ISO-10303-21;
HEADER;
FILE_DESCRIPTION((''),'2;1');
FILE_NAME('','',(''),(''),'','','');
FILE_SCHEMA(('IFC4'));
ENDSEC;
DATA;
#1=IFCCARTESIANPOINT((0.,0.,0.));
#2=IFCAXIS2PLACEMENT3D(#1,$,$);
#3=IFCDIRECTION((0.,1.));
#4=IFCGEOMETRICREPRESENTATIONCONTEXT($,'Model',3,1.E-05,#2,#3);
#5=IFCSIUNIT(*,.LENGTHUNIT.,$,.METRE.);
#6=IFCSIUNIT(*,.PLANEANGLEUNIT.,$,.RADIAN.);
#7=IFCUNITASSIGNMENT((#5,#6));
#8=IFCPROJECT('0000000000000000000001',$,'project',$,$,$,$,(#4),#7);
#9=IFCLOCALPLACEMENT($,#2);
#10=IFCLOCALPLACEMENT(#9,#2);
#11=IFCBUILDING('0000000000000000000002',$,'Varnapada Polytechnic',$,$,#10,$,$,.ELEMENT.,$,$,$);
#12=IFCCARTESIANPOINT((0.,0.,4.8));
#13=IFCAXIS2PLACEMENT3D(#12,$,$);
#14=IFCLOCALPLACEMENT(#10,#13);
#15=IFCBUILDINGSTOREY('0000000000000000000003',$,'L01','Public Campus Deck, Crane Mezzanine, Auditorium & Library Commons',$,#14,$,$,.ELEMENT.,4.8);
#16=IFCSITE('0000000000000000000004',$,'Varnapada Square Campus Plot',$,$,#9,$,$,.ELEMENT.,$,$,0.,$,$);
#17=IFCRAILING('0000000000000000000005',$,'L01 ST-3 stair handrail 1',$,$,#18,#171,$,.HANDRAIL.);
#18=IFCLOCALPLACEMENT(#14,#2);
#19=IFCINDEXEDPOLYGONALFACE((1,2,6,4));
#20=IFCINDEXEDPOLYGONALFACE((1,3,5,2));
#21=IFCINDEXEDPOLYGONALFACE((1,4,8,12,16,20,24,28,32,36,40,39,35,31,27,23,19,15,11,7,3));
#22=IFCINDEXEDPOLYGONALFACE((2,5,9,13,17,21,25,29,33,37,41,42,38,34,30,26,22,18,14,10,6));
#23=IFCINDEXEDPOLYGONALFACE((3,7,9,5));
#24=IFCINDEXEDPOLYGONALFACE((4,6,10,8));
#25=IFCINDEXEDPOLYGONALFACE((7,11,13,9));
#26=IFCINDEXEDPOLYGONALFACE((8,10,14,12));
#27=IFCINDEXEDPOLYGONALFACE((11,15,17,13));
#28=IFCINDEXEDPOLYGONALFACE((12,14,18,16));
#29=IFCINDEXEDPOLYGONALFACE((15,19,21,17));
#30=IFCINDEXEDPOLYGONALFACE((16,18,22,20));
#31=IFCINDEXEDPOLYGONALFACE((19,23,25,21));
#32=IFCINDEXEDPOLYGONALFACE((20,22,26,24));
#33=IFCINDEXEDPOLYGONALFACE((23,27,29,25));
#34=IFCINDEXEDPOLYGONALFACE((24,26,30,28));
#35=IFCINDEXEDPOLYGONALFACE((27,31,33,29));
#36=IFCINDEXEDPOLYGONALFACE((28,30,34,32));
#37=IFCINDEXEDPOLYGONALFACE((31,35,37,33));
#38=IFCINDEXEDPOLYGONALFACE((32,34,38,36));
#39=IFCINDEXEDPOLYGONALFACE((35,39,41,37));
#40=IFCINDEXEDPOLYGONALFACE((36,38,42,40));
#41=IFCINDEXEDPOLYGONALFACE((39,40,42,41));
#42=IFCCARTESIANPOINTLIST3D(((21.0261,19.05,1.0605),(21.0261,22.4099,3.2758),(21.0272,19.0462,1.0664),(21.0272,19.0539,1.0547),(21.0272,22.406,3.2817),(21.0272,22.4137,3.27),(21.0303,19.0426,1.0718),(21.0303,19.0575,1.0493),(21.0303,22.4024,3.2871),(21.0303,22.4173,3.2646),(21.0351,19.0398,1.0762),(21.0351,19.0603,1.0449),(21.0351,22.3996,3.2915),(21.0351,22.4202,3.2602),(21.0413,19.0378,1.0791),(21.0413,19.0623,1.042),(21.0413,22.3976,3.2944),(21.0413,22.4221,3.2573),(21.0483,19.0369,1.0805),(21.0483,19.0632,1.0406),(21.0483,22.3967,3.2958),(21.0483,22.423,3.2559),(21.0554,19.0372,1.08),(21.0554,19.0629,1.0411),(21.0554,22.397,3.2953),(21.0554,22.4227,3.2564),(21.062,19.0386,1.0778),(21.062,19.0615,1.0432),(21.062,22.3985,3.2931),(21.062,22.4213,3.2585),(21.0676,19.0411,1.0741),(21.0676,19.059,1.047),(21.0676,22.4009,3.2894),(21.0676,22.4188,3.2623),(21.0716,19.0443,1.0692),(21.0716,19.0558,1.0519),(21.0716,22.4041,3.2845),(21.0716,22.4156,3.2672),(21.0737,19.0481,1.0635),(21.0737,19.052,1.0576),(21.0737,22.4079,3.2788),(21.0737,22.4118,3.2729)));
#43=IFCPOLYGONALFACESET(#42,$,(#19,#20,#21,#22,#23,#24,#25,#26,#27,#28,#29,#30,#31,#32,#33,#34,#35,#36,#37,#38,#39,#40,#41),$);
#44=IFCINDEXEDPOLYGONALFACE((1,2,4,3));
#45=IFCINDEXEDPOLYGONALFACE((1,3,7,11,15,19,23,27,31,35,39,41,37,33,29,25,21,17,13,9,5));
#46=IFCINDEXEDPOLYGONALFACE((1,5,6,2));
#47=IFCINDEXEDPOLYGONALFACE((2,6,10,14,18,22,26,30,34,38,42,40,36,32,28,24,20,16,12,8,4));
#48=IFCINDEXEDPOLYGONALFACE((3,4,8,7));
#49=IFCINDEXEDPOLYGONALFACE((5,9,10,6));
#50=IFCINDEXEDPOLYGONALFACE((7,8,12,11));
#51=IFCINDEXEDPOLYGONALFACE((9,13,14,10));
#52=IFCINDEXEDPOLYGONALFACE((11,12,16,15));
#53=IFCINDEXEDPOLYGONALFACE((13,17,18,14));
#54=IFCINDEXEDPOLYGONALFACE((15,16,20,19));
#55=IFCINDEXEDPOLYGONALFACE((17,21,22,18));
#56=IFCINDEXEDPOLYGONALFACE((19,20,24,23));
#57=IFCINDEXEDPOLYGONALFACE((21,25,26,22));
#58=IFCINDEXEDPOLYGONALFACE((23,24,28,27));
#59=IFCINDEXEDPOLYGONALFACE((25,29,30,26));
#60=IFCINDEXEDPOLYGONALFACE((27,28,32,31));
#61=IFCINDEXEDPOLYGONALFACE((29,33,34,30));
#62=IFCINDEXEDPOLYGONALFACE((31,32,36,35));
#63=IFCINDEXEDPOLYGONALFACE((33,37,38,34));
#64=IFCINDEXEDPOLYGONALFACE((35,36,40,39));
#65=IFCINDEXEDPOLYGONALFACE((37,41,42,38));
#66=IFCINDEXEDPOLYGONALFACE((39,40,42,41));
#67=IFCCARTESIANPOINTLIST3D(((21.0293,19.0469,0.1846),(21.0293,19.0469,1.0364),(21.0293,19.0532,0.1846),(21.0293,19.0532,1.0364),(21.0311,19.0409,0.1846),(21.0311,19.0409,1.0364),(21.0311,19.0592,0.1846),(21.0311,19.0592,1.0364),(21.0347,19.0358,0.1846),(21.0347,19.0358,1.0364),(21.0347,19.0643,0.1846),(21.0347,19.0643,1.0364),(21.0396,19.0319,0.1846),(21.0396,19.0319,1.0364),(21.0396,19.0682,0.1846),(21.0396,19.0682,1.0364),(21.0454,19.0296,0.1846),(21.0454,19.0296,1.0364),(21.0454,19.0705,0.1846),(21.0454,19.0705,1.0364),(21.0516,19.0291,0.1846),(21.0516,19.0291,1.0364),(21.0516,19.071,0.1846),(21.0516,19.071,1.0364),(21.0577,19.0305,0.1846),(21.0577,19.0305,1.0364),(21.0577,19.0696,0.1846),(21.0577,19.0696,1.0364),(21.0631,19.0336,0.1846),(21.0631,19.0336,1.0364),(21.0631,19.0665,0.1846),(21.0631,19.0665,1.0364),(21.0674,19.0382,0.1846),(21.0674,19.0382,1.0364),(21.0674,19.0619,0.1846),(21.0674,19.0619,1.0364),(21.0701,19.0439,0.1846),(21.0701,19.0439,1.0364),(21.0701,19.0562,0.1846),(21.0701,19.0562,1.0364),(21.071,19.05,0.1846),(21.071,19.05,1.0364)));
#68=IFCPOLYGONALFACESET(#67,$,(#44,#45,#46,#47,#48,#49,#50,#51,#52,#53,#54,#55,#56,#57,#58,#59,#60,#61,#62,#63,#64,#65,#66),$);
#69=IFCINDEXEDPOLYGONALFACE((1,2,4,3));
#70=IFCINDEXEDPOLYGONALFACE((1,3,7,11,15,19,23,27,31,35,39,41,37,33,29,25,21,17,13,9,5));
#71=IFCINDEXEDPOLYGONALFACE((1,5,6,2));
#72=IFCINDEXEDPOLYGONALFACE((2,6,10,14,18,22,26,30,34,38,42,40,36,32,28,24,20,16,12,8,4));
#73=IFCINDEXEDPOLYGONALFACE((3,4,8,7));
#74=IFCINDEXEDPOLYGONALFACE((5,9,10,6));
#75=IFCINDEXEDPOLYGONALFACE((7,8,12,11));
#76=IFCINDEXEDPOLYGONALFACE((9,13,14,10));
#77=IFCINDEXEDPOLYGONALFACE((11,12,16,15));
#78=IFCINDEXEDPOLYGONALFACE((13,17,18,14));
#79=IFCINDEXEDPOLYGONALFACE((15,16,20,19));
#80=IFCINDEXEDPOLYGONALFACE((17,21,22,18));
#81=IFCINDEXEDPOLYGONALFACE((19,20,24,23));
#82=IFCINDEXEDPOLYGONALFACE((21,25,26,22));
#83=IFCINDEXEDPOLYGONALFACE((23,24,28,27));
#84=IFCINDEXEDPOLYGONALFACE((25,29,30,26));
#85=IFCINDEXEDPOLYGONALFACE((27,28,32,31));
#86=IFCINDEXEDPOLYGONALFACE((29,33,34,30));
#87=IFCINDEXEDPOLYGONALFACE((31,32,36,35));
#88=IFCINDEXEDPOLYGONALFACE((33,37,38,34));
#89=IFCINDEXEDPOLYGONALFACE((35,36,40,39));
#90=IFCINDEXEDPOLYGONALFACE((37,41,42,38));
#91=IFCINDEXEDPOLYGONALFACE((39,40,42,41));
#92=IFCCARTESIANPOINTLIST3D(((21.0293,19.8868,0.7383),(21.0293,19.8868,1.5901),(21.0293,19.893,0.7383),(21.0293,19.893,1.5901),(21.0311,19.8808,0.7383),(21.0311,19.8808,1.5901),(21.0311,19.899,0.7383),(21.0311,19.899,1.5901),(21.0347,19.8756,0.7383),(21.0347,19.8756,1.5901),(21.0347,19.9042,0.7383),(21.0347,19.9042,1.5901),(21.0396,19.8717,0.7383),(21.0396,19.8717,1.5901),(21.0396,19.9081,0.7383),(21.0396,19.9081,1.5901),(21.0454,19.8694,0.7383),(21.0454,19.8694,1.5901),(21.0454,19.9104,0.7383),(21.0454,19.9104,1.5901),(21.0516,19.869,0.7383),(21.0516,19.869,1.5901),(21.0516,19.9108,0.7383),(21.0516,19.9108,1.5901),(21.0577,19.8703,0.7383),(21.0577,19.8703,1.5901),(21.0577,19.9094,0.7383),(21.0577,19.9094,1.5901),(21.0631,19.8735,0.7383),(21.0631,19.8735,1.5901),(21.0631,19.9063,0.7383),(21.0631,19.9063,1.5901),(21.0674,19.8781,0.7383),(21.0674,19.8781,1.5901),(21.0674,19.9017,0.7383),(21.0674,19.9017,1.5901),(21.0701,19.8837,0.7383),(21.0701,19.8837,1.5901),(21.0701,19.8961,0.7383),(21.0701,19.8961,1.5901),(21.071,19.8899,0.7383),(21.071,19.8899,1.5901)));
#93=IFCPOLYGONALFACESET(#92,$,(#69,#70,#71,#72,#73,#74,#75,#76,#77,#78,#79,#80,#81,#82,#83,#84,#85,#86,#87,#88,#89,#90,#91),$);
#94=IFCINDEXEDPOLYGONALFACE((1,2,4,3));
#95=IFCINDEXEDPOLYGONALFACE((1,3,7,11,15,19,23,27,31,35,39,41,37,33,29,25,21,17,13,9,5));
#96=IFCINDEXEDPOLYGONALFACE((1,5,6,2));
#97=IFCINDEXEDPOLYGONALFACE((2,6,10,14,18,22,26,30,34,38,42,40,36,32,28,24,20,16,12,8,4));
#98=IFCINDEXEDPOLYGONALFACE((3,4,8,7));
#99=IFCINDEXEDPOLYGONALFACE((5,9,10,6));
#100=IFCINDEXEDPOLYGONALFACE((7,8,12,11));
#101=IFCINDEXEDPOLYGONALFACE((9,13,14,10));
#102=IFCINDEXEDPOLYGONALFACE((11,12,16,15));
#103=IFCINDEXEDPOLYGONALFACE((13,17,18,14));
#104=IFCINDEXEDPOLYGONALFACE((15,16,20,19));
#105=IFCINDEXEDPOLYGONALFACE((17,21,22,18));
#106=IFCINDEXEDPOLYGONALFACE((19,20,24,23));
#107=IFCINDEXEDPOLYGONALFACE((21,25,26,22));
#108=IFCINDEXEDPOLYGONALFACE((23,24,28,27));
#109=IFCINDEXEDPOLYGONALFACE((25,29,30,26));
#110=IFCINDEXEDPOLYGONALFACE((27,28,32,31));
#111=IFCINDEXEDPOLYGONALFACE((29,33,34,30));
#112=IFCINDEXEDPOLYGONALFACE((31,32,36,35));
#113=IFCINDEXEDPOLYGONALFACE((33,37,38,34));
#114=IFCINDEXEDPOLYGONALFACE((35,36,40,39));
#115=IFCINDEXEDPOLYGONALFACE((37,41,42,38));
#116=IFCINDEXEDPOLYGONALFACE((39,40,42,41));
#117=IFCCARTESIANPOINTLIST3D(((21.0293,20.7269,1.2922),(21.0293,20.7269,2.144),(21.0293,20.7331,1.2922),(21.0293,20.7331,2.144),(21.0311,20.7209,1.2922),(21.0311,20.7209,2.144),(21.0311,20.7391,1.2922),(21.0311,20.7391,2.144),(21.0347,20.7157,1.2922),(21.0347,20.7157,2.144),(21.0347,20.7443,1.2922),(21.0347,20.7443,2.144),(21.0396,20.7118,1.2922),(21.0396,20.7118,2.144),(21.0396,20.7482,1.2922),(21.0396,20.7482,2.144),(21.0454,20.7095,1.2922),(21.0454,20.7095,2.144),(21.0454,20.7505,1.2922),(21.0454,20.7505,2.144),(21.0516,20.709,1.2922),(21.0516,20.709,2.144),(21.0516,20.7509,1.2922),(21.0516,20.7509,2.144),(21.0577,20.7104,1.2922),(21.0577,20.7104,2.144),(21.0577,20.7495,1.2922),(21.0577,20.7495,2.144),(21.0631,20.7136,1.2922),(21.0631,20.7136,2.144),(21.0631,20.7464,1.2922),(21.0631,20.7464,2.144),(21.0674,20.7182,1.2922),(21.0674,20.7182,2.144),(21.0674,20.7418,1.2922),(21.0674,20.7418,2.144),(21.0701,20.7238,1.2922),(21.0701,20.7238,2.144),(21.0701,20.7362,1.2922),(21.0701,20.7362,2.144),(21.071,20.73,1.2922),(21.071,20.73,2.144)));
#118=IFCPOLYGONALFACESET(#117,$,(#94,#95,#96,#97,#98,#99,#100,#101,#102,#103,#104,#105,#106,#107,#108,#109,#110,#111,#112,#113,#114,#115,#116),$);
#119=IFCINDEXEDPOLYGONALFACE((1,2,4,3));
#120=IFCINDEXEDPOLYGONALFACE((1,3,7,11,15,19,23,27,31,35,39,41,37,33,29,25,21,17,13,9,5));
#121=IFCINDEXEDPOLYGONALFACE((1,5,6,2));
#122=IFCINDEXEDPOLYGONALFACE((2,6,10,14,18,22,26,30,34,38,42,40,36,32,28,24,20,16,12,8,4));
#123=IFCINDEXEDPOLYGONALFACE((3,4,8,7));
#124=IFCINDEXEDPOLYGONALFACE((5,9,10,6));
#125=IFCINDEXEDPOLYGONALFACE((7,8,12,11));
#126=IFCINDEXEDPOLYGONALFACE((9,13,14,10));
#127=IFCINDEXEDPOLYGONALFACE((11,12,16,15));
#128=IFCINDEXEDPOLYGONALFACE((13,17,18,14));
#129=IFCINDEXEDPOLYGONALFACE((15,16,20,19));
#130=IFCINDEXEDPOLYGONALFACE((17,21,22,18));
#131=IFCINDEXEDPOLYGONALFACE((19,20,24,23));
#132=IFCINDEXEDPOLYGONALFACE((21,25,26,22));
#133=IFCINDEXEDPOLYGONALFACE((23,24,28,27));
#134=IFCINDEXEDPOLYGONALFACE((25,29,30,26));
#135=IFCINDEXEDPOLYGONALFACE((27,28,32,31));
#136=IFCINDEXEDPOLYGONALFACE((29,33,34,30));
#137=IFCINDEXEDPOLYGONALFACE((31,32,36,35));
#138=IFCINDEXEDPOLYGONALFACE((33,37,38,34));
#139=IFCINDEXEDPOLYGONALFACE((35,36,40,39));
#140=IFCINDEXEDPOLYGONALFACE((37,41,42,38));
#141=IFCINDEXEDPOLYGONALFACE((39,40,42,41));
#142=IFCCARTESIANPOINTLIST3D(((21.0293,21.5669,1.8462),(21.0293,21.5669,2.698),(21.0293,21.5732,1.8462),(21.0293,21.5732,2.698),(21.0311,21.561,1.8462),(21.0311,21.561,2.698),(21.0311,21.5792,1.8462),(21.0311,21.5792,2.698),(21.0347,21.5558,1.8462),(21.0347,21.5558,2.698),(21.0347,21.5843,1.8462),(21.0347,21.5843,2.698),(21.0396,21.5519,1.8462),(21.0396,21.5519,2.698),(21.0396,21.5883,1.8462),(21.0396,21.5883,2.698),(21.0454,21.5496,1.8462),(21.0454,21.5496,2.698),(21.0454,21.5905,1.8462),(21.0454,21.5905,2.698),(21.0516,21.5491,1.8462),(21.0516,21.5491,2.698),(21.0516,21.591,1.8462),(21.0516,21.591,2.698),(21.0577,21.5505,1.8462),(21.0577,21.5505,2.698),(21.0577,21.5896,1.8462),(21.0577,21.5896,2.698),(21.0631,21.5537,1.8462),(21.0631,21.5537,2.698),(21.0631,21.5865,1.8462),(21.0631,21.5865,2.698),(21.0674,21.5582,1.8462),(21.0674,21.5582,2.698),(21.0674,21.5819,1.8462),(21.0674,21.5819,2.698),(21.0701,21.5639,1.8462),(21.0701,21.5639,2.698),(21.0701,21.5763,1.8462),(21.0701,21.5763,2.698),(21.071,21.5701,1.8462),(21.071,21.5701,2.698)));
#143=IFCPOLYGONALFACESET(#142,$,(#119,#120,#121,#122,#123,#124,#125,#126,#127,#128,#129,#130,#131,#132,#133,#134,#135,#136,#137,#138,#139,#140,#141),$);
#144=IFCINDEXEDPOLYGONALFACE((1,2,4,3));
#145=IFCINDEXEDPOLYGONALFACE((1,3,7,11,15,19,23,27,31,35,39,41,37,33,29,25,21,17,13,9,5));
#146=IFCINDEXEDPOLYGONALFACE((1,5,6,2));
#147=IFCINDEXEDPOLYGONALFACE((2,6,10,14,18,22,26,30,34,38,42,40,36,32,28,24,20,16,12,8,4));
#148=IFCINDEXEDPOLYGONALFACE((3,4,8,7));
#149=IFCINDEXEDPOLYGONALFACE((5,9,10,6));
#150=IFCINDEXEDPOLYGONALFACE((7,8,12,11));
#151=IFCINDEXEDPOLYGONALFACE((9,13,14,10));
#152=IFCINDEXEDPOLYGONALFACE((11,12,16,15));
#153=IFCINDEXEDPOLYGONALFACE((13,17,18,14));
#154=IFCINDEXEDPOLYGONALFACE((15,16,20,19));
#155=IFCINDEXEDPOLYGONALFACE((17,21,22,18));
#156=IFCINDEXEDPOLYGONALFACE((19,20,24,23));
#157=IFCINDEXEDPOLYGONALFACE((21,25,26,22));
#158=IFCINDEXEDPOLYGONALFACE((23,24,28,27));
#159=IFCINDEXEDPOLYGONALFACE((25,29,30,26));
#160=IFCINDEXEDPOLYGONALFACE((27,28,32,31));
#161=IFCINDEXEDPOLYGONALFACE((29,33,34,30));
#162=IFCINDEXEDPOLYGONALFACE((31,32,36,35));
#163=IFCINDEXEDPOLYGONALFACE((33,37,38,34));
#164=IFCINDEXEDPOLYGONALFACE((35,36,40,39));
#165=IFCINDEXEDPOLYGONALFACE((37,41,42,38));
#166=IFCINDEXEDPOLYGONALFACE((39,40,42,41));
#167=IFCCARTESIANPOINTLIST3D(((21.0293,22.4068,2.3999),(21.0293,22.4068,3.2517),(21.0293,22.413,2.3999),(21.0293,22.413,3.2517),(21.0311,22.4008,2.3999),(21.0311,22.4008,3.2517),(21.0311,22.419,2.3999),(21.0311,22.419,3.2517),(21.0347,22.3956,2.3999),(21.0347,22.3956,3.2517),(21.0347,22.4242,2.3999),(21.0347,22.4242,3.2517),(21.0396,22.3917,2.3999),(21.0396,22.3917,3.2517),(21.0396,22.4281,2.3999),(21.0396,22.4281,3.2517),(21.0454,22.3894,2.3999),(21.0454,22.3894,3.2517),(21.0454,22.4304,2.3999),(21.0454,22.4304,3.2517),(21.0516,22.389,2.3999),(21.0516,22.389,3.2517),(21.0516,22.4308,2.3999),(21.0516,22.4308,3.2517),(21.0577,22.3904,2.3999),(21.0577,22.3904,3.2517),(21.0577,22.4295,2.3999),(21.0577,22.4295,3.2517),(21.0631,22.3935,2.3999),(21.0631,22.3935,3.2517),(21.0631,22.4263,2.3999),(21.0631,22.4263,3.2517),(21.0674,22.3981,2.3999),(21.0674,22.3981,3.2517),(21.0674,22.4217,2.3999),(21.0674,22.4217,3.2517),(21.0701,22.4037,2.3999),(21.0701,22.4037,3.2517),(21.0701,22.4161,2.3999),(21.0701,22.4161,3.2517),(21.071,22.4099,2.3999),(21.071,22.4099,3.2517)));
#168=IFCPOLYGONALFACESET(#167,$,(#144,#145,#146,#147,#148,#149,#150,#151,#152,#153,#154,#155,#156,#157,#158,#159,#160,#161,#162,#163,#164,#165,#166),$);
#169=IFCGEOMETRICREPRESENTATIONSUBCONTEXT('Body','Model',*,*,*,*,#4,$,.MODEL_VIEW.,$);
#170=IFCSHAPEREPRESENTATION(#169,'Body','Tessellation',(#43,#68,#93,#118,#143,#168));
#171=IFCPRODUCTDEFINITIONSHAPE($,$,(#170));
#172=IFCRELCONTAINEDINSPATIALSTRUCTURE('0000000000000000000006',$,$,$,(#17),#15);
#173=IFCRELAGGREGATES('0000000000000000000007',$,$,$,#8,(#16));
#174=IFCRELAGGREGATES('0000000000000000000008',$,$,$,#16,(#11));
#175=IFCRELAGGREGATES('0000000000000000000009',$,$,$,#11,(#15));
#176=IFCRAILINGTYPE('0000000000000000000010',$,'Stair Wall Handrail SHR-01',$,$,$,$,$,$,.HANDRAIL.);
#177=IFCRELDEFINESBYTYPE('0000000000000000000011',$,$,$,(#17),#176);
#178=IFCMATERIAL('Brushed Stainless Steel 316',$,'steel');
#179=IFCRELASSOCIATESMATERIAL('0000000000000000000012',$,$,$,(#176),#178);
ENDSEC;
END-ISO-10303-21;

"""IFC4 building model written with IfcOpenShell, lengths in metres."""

from ifc_helpers import new_model, si_unit, direction, frame, origin, origin_2d, place, context, subcontext, project, spatial, circle, extrude, material, type_object, element, save


model = new_model("IFC4")

# Units and contexts
model_context = context("Model", 3, precision=1e-05, world=origin(), true_north=direction((0.0, 1.0)))
body_context = subcontext(model_context, "Body", "Model", "MODEL_VIEW")
ifc_project = project(units=[si_unit("LENGTHUNIT", "METRE"), si_unit("PLANEANGLEUNIT", "RADIAN")], contexts=[model_context])

# Site, building, storey
site_placement = place(None, origin())
site = spatial("IfcSite", under=ifc_project, at=site_placement, Name="Varnapada Square Campus Plot", CompositionType="ELEMENT", RefElevation=0.0)
building_placement = place(site_placement, origin())
building = spatial("IfcBuilding", under=site, at=building_placement, Name="Varnapada Polytechnic", CompositionType="ELEMENT")
storey_placement = place(building_placement, frame((0.0, 0.0, 4.8)))
storey = spatial("IfcBuildingStorey", under=building, at=storey_placement, Name="L01", Description="Public Campus Deck, Crane Mezzanine, Auditorium & Library Commons", CompositionType="ELEMENT", Elevation=4.8)

# Shared definitions
ifc_material_1 = material(Name="Brushed Stainless Steel 316", Category="steel")

# Railing
railing_type_1 = type_object("IfcRailingType", Name="Stair Wall Handrail SHR-01", PredefinedType="HANDRAIL", material=ifc_material_1)
railing_1_placement = place(storey_placement, frame((21.05, 19.05, 0.1846)))
element("IfcRailing", 1, at=railing_1_placement, inside=storey, type_object=railing_type_1, Name="L01 ST-3 stair handrail 1", PredefinedType="HANDRAIL", context=body_context, shape_type="SweptSolid", body=[
    extrude(circle(Radius=0.0239, at=origin_2d()), frame((0.0, 0.0, 0.876), z_axis=(0.0, 0.834858, 0.550465), x_axis=(-1.0, 0.0, 0.0)), (0.0, 0.0, 1.0), 4.0244),
    extrude(circle(Radius=0.021, at=origin_2d()), origin(), (0.0, 0.0, 1.0), 0.8518),
    extrude(circle(Radius=0.021, at=origin_2d()), frame((0.0, 0.8398, 0.5537)), (0.0, 0.0, 1.0), 0.8518),
    extrude(circle(Radius=0.021, at=origin_2d()), frame((0.0, 1.6799, 1.1077)), (0.0, 0.0, 1.0), 0.8518),
    extrude(circle(Radius=0.021, at=origin_2d()), frame((0.0, 2.52, 1.6616)), (0.0, 0.0, 1.0), 0.8518),
    extrude(circle(Radius=0.021, at=origin_2d()), frame((0.0, 3.3599, 2.2153)), (0.0, 0.0, 1.0), 0.8518),
])

save(model, "model.ifc")
